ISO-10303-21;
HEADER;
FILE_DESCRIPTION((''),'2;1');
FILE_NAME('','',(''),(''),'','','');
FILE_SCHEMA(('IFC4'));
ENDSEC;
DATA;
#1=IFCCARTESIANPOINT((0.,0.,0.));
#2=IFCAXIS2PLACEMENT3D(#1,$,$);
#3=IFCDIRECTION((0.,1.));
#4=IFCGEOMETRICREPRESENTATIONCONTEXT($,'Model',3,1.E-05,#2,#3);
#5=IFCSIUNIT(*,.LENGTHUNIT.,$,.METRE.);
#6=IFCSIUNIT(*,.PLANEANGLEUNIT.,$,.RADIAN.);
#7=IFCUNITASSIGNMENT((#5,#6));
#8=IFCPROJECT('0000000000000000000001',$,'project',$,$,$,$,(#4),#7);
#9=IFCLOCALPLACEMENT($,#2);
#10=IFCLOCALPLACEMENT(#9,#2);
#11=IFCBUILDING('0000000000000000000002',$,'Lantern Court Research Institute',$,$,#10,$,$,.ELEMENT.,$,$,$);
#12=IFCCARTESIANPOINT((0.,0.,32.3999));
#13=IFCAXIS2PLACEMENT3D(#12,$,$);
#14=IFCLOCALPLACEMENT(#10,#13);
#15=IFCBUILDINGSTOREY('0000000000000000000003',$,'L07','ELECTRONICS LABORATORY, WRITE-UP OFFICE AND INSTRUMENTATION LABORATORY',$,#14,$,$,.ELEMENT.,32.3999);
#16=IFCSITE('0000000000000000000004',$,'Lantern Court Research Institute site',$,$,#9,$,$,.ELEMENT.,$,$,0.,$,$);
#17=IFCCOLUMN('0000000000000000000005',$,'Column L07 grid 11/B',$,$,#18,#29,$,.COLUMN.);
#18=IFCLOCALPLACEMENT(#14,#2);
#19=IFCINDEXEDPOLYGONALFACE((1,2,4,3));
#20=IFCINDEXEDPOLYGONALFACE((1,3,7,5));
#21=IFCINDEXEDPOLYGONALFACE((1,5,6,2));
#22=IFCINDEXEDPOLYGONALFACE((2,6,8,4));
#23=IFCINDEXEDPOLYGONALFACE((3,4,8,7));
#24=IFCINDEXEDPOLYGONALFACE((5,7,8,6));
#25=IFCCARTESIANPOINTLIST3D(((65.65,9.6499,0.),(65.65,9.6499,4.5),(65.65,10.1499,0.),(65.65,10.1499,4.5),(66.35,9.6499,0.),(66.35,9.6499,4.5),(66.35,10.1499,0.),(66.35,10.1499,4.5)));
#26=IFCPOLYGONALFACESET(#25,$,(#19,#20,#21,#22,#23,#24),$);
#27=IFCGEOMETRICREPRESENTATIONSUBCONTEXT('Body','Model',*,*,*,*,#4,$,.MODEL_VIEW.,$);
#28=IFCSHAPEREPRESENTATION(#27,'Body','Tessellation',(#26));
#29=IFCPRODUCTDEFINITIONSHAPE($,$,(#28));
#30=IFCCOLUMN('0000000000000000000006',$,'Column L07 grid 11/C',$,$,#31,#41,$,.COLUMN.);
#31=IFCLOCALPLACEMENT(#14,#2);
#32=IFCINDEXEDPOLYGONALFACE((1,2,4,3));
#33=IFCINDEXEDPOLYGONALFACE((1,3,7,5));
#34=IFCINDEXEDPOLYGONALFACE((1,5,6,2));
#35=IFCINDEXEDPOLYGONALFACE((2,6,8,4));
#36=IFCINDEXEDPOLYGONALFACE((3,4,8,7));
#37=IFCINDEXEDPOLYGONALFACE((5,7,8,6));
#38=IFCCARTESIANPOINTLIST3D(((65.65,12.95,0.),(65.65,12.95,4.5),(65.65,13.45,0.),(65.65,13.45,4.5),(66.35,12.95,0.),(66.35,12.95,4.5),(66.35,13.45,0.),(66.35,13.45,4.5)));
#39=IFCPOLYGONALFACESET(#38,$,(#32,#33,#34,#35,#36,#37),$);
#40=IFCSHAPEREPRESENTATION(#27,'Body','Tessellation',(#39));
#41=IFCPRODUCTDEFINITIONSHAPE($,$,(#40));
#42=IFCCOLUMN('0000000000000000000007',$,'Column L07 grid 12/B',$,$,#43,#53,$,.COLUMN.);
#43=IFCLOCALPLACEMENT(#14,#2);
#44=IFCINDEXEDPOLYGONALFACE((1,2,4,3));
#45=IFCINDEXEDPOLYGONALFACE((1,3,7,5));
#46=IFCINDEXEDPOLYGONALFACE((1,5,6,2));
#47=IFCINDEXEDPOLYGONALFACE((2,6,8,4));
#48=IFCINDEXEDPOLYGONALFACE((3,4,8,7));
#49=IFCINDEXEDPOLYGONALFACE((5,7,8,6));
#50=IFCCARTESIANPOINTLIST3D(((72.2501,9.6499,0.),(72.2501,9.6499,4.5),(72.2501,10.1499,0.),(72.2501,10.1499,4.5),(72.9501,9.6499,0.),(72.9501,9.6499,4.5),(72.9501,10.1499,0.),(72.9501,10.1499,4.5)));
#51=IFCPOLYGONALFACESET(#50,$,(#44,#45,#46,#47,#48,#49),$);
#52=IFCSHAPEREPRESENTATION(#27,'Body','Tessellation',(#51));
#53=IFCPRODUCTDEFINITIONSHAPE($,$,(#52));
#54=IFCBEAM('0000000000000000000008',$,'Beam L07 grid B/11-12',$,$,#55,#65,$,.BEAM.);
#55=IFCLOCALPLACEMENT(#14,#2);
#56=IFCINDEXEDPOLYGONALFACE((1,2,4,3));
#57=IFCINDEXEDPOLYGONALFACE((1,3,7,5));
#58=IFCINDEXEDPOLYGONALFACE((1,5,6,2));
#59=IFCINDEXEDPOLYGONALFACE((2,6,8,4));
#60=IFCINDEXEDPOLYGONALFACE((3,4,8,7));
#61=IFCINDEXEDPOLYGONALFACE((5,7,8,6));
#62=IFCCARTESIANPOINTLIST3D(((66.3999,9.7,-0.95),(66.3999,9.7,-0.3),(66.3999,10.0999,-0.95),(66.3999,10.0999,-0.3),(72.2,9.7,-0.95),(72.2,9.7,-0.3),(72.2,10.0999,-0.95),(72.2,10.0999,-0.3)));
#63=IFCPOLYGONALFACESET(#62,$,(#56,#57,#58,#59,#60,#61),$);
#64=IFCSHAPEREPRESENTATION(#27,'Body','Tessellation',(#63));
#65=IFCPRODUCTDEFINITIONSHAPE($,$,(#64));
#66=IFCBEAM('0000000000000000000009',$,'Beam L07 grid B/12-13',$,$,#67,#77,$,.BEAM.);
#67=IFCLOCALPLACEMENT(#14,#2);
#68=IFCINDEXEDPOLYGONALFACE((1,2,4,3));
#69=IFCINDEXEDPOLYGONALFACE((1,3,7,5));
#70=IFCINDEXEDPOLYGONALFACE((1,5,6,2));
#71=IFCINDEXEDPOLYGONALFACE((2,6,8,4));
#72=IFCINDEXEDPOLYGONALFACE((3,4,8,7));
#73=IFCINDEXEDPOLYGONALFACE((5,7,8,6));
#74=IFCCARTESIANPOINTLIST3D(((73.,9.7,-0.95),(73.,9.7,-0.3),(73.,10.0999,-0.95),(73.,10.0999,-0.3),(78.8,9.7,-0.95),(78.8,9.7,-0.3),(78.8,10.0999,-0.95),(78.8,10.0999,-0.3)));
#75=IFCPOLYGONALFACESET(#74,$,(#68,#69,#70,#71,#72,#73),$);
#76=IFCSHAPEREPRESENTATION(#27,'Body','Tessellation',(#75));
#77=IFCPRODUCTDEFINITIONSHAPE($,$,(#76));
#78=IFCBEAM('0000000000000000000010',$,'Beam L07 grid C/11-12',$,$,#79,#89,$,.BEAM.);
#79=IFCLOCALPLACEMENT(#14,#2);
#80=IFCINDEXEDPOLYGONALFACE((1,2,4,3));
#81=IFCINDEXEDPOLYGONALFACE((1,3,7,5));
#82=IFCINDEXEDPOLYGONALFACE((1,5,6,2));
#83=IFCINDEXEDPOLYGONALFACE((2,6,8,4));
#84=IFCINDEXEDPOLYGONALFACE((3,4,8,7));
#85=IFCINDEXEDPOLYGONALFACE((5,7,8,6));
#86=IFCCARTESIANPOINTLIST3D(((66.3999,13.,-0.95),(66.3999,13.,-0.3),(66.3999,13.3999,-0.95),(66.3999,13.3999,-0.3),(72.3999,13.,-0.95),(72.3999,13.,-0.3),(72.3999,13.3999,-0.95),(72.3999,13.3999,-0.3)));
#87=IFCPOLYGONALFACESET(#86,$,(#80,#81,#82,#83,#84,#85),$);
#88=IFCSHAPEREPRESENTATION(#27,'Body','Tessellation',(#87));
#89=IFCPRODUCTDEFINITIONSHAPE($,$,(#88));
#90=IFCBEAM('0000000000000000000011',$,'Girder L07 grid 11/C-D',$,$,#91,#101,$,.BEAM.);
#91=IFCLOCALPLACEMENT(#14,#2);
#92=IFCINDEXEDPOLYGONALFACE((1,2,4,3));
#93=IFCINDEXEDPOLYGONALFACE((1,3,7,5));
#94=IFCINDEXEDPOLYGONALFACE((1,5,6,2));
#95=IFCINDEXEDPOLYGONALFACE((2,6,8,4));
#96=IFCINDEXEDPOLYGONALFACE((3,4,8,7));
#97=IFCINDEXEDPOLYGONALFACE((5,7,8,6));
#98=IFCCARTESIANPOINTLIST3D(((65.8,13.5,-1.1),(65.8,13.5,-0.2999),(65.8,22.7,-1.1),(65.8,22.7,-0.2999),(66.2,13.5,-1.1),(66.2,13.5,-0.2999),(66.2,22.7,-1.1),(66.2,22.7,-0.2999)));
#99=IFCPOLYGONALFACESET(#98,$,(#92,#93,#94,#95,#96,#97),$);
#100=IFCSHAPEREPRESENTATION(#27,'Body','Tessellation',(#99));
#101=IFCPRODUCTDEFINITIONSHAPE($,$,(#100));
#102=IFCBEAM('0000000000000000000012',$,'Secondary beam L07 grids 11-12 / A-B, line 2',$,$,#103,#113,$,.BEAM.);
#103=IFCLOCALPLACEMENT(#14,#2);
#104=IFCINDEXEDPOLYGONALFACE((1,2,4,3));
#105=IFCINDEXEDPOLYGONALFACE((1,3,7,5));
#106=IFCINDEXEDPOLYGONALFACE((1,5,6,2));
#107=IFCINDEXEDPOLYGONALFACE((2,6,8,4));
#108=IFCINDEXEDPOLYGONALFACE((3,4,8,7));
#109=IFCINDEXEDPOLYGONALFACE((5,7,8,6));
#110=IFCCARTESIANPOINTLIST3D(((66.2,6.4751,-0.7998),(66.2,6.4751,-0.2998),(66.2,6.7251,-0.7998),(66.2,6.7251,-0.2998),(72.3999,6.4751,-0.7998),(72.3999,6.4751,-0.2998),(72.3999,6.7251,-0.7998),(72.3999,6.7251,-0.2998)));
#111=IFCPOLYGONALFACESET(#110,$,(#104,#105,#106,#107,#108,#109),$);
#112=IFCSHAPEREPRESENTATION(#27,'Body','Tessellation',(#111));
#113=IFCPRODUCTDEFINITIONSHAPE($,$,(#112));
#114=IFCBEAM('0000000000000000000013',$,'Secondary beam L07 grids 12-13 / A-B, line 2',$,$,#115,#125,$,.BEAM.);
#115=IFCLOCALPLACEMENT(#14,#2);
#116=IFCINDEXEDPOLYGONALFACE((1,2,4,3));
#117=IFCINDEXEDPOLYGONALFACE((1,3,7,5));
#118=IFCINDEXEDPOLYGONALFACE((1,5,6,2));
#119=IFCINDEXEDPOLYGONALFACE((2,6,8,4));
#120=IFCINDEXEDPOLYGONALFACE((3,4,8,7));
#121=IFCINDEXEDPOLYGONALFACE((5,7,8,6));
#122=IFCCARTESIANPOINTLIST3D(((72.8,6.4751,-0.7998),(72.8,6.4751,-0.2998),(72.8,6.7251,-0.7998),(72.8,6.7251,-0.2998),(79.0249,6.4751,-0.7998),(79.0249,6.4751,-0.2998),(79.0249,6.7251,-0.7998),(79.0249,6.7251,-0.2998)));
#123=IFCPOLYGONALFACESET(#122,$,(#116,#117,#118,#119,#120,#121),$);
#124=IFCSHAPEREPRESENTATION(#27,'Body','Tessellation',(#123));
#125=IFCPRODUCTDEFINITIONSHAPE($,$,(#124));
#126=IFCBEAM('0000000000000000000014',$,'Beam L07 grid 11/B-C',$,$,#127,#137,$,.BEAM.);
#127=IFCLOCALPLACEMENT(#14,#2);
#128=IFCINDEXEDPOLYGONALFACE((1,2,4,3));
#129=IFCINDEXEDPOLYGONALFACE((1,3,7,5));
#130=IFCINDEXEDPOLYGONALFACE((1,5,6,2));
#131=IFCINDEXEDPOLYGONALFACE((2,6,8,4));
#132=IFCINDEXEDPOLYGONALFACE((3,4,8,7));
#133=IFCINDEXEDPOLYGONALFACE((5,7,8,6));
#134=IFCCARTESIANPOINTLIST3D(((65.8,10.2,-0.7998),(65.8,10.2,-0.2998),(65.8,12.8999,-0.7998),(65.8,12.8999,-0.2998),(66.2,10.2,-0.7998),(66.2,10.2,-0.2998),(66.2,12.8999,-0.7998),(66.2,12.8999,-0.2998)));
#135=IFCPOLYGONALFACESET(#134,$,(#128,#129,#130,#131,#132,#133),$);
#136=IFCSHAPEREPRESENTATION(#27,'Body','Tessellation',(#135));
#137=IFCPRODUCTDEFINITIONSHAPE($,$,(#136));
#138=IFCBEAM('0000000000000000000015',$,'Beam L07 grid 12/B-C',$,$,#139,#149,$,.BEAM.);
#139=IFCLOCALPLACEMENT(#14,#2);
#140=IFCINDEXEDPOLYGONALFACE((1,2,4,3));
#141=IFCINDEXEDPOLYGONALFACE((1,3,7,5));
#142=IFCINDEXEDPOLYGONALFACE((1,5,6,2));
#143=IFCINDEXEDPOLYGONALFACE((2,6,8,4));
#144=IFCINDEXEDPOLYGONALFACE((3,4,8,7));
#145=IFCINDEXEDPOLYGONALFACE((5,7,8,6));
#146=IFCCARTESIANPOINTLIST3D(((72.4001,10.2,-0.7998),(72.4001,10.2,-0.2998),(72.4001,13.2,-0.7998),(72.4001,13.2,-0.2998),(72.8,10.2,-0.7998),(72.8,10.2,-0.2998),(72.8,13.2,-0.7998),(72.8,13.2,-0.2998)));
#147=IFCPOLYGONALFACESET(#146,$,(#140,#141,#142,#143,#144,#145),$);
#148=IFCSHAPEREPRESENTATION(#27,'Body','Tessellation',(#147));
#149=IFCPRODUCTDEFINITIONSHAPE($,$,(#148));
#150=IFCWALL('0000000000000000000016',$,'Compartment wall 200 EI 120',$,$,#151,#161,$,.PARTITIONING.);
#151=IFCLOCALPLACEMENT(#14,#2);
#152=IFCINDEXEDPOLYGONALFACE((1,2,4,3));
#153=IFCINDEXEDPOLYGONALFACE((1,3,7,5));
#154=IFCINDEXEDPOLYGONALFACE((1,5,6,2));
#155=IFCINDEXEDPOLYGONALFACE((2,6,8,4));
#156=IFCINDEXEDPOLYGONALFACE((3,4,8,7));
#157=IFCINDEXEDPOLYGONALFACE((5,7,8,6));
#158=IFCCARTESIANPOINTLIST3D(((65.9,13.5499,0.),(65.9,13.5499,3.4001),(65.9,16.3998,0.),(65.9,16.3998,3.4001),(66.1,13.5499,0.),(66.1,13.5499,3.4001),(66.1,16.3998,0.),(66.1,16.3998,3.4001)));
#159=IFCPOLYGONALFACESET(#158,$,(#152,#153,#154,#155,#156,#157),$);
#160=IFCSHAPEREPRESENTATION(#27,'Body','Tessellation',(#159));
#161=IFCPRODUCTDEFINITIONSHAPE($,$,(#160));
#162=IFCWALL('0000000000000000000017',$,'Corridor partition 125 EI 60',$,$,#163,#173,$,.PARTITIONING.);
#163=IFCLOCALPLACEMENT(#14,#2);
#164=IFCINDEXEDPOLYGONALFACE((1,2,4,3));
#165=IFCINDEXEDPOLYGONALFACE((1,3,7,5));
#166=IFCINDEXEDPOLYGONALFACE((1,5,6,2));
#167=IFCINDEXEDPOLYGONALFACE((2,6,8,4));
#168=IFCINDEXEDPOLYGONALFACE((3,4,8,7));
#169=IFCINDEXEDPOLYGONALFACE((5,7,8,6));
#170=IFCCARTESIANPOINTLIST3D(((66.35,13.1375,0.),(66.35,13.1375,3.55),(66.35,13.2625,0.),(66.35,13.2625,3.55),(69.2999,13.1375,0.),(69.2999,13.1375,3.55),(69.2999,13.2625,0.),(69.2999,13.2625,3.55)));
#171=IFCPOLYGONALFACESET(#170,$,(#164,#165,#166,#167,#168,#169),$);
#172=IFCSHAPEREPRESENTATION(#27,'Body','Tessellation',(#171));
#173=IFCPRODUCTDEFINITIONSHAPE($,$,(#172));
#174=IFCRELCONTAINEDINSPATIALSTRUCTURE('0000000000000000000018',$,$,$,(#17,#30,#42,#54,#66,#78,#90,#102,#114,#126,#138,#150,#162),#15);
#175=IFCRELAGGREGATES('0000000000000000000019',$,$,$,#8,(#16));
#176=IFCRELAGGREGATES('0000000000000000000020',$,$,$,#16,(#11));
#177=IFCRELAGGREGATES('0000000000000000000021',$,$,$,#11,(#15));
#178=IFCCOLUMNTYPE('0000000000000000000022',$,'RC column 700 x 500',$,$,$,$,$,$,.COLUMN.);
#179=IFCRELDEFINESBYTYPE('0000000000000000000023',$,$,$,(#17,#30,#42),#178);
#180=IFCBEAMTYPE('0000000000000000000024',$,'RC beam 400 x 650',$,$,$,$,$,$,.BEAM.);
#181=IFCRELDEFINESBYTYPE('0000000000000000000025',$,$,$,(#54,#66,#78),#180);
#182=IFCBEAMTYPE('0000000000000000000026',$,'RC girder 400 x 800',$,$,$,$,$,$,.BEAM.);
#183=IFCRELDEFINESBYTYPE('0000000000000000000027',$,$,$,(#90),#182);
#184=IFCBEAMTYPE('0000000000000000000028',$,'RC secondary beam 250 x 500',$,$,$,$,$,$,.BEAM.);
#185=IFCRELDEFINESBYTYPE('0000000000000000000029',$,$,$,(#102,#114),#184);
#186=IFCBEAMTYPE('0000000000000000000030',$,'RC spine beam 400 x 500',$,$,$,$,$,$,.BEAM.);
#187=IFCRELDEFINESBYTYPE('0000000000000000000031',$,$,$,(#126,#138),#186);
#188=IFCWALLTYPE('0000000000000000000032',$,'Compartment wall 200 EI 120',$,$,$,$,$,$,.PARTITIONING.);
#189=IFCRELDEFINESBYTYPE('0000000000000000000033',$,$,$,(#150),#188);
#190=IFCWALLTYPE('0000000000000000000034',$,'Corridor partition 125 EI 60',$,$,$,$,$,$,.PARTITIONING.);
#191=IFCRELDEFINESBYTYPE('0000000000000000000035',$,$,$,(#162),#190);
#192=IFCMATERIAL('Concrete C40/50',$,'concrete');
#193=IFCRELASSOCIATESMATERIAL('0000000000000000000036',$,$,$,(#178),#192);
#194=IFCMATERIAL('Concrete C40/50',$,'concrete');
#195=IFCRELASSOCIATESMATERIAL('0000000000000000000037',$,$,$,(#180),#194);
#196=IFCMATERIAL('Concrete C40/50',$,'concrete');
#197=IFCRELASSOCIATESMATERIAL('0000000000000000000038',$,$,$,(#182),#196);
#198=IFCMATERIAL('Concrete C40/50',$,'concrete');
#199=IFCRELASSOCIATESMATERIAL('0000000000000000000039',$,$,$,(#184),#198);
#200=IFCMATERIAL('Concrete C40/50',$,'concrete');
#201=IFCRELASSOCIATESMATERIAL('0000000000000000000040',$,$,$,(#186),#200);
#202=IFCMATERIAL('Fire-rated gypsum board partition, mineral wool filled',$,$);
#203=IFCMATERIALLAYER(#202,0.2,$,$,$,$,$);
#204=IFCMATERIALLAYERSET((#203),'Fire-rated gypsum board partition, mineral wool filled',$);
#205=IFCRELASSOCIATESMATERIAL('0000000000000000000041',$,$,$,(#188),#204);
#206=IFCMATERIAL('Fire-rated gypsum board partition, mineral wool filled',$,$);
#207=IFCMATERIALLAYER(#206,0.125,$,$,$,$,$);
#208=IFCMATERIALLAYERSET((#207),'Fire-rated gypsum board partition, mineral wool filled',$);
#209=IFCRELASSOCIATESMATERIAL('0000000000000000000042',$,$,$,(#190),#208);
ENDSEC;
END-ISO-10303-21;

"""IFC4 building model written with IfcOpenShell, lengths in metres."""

from ifc_helpers import new_model, si_unit, direction, frame, frame_2d, origin, origin_2d, place, context, subcontext, project, spatial, rectangle, extrude, material, layer, layer_set, material_profile, profile_set, type_object, element, save


model = new_model("IFC4")

# Units and contexts
model_context = context("Model", 3, precision=1e-05, world=origin(), true_north=direction((0.0, 1.0)))
body_context = subcontext(model_context, "Body", "Model", "MODEL_VIEW")
ifc_project = project(units=[si_unit("LENGTHUNIT", "METRE"), si_unit("PLANEANGLEUNIT", "RADIAN")], contexts=[model_context])

# Site, building, storey
site_placement = place(None, origin())
site = spatial("IfcSite", under=ifc_project, at=site_placement, Name="Lantern Court Research Institute site", CompositionType="ELEMENT", RefElevation=0.0)
building_placement = place(site_placement, origin())
building = spatial("IfcBuilding", under=site, at=building_placement, Name="Lantern Court Research Institute", CompositionType="ELEMENT")
storey_placement = place(building_placement, frame((0.0, 0.0, 32.3999)))
storey = spatial("IfcBuildingStorey", under=building, at=storey_placement, Name="L07", Description="ELECTRONICS LABORATORY, WRITE-UP OFFICE AND INSTRUMENTATION LABORATORY", CompositionType="ELEMENT", Elevation=32.3999)

# Columns
ifc_material_1 = material(Name="Concrete C40/50", Category="concrete")
ifc_material_profile_1 = material_profile(ifc_material_1, rectangle(XDim=0.7, YDim=0.5, at=origin_2d()), Name="RC column 700 x 500")
ifc_profile_set_1 = profile_set([ifc_material_profile_1], Name="Concrete C40/50")
column_type = type_object("IfcColumnType", Name="RC column 700 x 500", PredefinedType="COLUMN", material=ifc_profile_set_1)
for number, where, z_axis, x_axis, name in (
    (1, (66.0, 9.8999, 0.0), (0.0, 0.0, 1.0), (1.0, 0.0, 0.0), "Column L07 grid 11/B"),
    (2, (66.0, 13.2, 0.0), (0.0, 0.0, 1.0), (1.0, 0.0, 0.0), "Column L07 grid 11/C"),
    (3, (72.6001, 9.8999, 0.0), (0.0, 0.0, 1.0), (1.0, 0.0, 0.0), "Column L07 grid 12/B"),
):
    element("IfcColumn", number, at=place(storey_placement, frame(where, z_axis=z_axis, x_axis=x_axis)), inside=storey, type_object=column_type, Name=name, PredefinedType="COLUMN", context=body_context, shape_type="SweptSolid", body=[
        extrude(rectangle(XDim=0.7, YDim=0.5, at=origin_2d()), origin(), (0.0, 0.0, 1.0), 4.5),
    ])

# Beams
ifc_material_2 = material(Name="Concrete C40/50", Category="concrete")
ifc_material_profile_2 = material_profile(ifc_material_2, rectangle(XDim=0.3999, YDim=0.6499, at=origin_2d()), Name="RC beam 400 x 650")
ifc_profile_set_2 = profile_set([ifc_material_profile_2], Name="Concrete C40/50")
beam_type_1 = type_object("IfcBeamType", Name="RC beam 400 x 650", PredefinedType="BEAM", material=ifc_profile_set_2)
for number, where, z_axis, x_axis, name in (
    (4, (66.3999, 9.8999, -0.625), (1.0, 0.0, 0.0), (0.0, 1.0, 0.0), "Beam L07 grid B/11-12"),
    (5, (73.0, 9.8999, -0.625), (1.0, 0.0, 0.0), (0.0, 1.0, 0.0), "Beam L07 grid B/12-13"),
):
    element("IfcBeam", number, at=place(storey_placement, frame(where, z_axis=z_axis, x_axis=x_axis)), inside=storey, type_object=beam_type_1, Name=name, PredefinedType="BEAM", context=body_context, shape_type="SweptSolid", body=[
        extrude(rectangle(XDim=0.3999, YDim=0.6499, at=origin_2d()), origin(), (0.0, 0.0, 1.0), 5.8),
    ])
beam_1_placement = place(storey_placement, frame((66.3999, 13.2, -0.625), z_axis=(1.0, 0.0, 0.0), x_axis=(0.0, 1.0, 0.0)))
element("IfcBeam", 6, at=beam_1_placement, inside=storey, type_object=beam_type_1, Name="Beam L07 grid C/11-12", PredefinedType="BEAM", context=body_context, shape_type="SweptSolid", body=[
    extrude(rectangle(XDim=0.3999, YDim=0.6499, at=origin_2d()), origin(), (0.0, 0.0, 1.0), 6.0),
])
ifc_material_3 = material(Name="Concrete C40/50", Category="concrete")
ifc_material_profile_3 = material_profile(ifc_material_3, rectangle(XDim=0.3999, YDim=0.8, at=origin_2d()), Name="RC beam 400 x 800")
ifc_profile_set_3 = profile_set([ifc_material_profile_3], Name="Concrete C40/50")
beam_type_2 = type_object("IfcBeamType", Name="RC girder 400 x 800", PredefinedType="BEAM", material=ifc_profile_set_3)
beam_2_placement = place(storey_placement, frame((66.0, 13.5, -0.7), z_axis=(0.0, 1.0, 0.0), x_axis=(-1.0, 0.0, 0.0)))
element("IfcBeam", 7, at=beam_2_placement, inside=storey, type_object=beam_type_2, Name="Girder L07 grid 11/C-D", PredefinedType="BEAM", context=body_context, shape_type="SweptSolid", body=[
    extrude(rectangle(XDim=0.3999, YDim=0.8, at=origin_2d()), origin(), (0.0, 0.0, 1.0), 9.2),
])
ifc_material_4 = material(Name="Concrete C40/50", Category="concrete")
ifc_material_profile_4 = material_profile(ifc_material_4, rectangle(XDim=0.25, YDim=0.5, at=origin_2d()), Name="RC beam 250 x 500")
ifc_profile_set_4 = profile_set([ifc_material_profile_4], Name="Concrete C40/50")
beam_type_3 = type_object("IfcBeamType", Name="RC secondary beam 250 x 500", PredefinedType="BEAM", material=ifc_profile_set_4)
beam_3_placement = place(storey_placement, frame((66.2, 6.6001, -0.5498), z_axis=(1.0, 0.0, 0.0), x_axis=(0.0, 1.0, 0.0)))
element("IfcBeam", 8, at=beam_3_placement, inside=storey, type_object=beam_type_3, Name="Secondary beam L07 grids 11-12 / A-B, line 2", PredefinedType="BEAM", context=body_context, shape_type="SweptSolid", body=[
    extrude(rectangle(XDim=0.25, YDim=0.5, at=origin_2d()), origin(), (0.0, 0.0, 1.0), 6.2),
])
beam_4_placement = place(storey_placement, frame((72.8, 6.6001, -0.5498), z_axis=(1.0, 0.0, 0.0), x_axis=(0.0, 1.0, 0.0)))
element("IfcBeam", 9, at=beam_4_placement, inside=storey, type_object=beam_type_3, Name="Secondary beam L07 grids 12-13 / A-B, line 2", PredefinedType="BEAM", context=body_context, shape_type="SweptSolid", body=[
    extrude(rectangle(XDim=0.25, YDim=0.5, at=origin_2d()), origin(), (0.0, 0.0, 1.0), 6.2249),
])
ifc_material_5 = material(Name="Concrete C40/50", Category="concrete")
ifc_material_profile_5 = material_profile(ifc_material_5, rectangle(XDim=0.3999, YDim=0.5, at=origin_2d()), Name="RC beam 400 x 500")
ifc_profile_set_5 = profile_set([ifc_material_profile_5], Name="Concrete C40/50")
beam_type_4 = type_object("IfcBeamType", Name="RC spine beam 400 x 500", PredefinedType="BEAM", material=ifc_profile_set_5)
beam_5_placement = place(storey_placement, frame((66.0, 10.2, -0.5498), z_axis=(0.0, 1.0, 0.0), x_axis=(-1.0, 0.0, 0.0)))
element("IfcBeam", 10, at=beam_5_placement, inside=storey, type_object=beam_type_4, Name="Beam L07 grid 11/B-C", PredefinedType="BEAM", context=body_context, shape_type="SweptSolid", body=[
    extrude(rectangle(XDim=0.3999, YDim=0.5, at=origin_2d()), origin(), (0.0, 0.0, 1.0), 2.7),
])
beam_6_placement = place(storey_placement, frame((72.6001, 10.2, -0.5498), z_axis=(0.0, 1.0, 0.0), x_axis=(-1.0, 0.0, 0.0)))
element("IfcBeam", 11, at=beam_6_placement, inside=storey, type_object=beam_type_4, Name="Beam L07 grid 12/B-C", PredefinedType="BEAM", context=body_context, shape_type="SweptSolid", body=[
    extrude(rectangle(XDim=0.3999, YDim=0.5, at=origin_2d()), origin(), (0.0, 0.0, 1.0), 3.0),
])

# Walls
ifc_material_6 = material(Name="Fire-rated gypsum board partition, mineral wool filled")
ifc_layer_1 = layer(ifc_material_6, 0.2)
ifc_layer_set_1 = layer_set([ifc_layer_1], Name="Fire-rated gypsum board partition, mineral wool filled")
wall_type_1 = type_object("IfcWallType", Name="Compartment wall 200 EI 120", PredefinedType="PARTITIONING", material=ifc_layer_set_1)
wall_1_placement = place(storey_placement, frame((66.0, 13.55, 0.0), z_axis=(0.0, 0.0, 1.0), x_axis=(0.0, 1.0, 0.0)))
element("IfcWall", 12, at=wall_1_placement, inside=storey, type_object=wall_type_1, Name="Compartment wall 200 EI 120", PredefinedType="PARTITIONING", context=body_context, shape_type="SweptSolid", body=[
    extrude(rectangle(XDim=2.8499, YDim=0.2, at=frame_2d((1.4248, 0.0))), origin(), (0.0, 0.0, 1.0), 3.4001),
])
ifc_material_7 = material(Name="Fire-rated gypsum board partition, mineral wool filled")
ifc_layer_2 = layer(ifc_material_7, 0.125)
ifc_layer_set_2 = layer_set([ifc_layer_2], Name="Fire-rated gypsum board partition, mineral wool filled")
wall_type_2 = type_object("IfcWallType", Name="Corridor partition 125 EI 60", PredefinedType="PARTITIONING", material=ifc_layer_set_2)
wall_2_placement = place(storey_placement, frame((69.3, 13.2, 0.0), z_axis=(0.0, 0.0, 1.0), x_axis=(-1.0, 0.0, 0.0)))
element("IfcWall", 13, at=wall_2_placement, inside=storey, type_object=wall_type_2, Name="Corridor partition 125 EI 60", PredefinedType="PARTITIONING", context=body_context, shape_type="SweptSolid", body=[
    extrude(rectangle(XDim=2.95, YDim=0.125, at=frame_2d((1.4751, 0.0))), origin(), (0.0, 0.0, 1.0), 3.55),
])

save(model, "model.ifc")
